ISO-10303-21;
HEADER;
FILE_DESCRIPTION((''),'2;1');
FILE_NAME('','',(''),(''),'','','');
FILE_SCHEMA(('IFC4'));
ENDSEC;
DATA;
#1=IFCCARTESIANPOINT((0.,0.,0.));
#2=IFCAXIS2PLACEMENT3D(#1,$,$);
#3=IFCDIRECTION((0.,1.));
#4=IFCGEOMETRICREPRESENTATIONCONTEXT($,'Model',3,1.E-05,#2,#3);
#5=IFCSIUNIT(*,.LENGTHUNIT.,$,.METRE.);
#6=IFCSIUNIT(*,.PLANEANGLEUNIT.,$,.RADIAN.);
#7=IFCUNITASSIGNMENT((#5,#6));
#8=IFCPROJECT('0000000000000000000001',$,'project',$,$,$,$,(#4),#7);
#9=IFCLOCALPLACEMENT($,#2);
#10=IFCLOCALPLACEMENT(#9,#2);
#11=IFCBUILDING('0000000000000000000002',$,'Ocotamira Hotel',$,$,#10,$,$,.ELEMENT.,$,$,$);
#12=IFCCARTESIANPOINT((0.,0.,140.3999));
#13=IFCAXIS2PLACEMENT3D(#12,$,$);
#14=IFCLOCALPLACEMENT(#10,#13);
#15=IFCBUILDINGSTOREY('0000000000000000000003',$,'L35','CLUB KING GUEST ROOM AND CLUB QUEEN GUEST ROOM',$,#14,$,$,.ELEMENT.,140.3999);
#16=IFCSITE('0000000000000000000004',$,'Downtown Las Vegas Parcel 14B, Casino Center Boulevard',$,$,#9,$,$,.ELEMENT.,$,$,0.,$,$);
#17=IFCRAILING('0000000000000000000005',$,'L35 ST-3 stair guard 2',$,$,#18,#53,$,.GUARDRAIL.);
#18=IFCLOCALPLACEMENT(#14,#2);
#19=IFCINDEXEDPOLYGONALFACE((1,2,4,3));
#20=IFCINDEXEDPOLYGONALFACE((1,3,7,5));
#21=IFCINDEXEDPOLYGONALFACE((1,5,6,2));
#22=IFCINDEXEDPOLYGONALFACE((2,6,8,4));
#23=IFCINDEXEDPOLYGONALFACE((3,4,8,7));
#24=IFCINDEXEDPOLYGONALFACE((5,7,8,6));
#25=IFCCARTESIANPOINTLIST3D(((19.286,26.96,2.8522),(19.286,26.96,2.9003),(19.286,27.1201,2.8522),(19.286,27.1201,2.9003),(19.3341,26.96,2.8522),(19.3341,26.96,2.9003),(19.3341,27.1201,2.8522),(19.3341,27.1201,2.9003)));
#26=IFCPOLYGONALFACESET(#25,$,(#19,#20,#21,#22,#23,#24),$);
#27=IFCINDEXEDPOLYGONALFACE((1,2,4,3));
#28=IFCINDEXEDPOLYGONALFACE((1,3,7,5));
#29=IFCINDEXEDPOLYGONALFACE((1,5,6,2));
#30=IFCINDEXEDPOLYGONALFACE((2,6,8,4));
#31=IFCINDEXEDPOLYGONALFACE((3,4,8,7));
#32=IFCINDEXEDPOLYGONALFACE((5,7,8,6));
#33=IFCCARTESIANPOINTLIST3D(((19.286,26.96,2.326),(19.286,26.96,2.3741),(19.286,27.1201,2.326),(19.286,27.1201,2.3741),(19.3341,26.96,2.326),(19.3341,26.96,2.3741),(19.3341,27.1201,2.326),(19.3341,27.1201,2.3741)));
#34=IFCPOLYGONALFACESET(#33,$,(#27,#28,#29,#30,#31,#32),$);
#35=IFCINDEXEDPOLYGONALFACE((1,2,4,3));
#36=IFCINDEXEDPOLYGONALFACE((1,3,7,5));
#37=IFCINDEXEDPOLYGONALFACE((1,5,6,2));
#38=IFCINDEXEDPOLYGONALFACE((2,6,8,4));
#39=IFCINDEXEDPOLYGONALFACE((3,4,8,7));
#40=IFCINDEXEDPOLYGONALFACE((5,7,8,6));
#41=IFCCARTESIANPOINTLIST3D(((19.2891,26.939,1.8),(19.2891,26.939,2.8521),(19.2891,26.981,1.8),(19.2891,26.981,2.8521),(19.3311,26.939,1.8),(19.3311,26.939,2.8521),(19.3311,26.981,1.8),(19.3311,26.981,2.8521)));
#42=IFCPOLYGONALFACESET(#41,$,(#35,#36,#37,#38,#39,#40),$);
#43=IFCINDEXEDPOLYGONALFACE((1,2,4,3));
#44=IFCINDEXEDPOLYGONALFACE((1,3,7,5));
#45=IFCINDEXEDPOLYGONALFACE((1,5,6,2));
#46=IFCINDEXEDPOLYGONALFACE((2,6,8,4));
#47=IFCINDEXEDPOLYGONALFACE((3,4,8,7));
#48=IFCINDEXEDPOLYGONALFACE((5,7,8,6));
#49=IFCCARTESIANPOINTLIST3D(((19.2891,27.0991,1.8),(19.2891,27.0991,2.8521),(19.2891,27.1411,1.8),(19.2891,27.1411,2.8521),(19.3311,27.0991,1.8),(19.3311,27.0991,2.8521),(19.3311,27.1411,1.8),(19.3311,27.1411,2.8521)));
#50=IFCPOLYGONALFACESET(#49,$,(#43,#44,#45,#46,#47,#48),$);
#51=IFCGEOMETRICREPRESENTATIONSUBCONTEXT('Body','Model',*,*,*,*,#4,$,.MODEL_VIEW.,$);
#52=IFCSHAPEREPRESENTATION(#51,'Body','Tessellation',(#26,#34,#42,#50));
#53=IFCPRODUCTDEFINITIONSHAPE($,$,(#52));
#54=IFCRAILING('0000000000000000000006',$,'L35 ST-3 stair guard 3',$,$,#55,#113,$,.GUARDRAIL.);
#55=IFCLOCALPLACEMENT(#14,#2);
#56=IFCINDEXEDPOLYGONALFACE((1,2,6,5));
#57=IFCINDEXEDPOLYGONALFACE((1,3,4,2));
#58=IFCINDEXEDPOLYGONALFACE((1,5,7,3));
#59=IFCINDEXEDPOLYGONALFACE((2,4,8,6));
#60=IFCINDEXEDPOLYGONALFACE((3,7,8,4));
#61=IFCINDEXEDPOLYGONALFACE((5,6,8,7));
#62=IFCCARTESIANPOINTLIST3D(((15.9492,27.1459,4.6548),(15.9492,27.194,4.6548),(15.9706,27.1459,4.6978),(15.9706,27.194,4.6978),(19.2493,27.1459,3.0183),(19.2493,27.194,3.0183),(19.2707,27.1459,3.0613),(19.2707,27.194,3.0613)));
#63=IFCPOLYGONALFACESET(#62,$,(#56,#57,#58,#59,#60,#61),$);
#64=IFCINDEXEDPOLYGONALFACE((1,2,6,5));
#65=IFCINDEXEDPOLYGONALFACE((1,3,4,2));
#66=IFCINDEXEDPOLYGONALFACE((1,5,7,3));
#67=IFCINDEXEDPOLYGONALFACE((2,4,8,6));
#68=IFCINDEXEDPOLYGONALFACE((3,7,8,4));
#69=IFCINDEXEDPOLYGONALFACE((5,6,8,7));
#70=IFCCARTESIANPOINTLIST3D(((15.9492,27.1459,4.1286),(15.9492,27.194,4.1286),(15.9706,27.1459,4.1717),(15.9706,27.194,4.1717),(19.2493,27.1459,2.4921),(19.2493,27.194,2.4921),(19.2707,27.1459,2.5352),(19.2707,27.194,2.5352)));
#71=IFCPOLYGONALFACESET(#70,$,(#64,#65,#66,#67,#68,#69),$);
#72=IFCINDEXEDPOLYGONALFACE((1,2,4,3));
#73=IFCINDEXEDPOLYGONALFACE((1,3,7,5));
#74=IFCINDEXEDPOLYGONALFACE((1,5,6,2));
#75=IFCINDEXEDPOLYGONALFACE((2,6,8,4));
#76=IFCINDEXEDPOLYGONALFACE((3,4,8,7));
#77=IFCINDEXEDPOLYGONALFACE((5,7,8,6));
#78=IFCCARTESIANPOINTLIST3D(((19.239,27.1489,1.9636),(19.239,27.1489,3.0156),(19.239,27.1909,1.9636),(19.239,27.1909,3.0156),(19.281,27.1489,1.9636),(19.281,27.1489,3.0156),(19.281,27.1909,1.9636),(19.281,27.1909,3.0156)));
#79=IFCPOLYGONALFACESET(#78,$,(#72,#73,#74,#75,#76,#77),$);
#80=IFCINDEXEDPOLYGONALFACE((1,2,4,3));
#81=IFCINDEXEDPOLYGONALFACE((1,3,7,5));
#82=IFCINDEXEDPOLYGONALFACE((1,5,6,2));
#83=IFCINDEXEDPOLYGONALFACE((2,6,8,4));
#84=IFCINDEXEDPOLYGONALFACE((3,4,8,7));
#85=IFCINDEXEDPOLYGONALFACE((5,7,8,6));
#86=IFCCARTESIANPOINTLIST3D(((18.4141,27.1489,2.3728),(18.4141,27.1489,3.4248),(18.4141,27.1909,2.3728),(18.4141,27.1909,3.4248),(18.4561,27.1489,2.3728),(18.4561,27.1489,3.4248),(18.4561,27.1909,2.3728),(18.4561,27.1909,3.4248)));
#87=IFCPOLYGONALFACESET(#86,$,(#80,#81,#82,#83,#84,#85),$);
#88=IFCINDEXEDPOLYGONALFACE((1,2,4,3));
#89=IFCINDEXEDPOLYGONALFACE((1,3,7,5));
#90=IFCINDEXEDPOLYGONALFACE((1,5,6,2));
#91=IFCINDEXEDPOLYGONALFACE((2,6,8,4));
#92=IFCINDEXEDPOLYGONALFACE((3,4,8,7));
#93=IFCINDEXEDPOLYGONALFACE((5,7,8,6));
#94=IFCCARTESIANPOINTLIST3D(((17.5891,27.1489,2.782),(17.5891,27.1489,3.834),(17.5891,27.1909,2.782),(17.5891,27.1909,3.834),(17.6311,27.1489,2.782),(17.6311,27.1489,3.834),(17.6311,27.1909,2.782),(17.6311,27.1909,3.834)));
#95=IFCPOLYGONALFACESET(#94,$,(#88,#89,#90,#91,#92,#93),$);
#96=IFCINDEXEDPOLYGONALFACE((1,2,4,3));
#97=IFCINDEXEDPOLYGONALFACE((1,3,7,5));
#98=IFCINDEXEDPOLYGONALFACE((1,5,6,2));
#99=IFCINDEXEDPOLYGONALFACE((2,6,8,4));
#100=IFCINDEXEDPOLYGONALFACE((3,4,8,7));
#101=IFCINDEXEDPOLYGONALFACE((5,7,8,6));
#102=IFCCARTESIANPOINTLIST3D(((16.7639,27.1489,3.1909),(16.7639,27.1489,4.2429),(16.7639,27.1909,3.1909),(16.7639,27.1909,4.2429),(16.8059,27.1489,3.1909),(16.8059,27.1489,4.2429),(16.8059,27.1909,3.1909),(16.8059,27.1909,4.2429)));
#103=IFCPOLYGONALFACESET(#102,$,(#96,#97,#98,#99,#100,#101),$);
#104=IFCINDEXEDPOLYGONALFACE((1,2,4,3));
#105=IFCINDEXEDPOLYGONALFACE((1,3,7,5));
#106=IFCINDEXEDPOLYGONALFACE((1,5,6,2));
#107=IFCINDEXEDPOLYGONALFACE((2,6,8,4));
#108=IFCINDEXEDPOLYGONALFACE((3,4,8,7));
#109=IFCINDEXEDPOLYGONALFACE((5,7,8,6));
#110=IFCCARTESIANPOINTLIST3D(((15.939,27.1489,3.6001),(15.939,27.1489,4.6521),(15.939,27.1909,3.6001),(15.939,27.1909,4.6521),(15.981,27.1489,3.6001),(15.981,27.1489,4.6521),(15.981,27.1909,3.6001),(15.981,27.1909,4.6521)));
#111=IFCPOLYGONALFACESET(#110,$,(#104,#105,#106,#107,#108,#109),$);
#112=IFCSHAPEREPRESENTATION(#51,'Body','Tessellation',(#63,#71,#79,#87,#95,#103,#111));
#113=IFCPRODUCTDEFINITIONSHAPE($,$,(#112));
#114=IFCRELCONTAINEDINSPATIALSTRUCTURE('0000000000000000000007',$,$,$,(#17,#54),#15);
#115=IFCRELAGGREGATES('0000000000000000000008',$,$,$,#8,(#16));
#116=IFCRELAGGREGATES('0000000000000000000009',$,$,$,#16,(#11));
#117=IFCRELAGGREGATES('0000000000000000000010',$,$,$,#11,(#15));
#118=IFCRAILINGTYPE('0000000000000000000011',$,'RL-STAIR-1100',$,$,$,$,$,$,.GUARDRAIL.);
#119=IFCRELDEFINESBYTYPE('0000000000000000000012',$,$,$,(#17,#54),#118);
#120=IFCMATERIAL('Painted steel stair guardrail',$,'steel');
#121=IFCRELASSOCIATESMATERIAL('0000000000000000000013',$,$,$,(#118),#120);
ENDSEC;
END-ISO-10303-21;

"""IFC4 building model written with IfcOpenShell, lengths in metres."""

from ifc_helpers import new_model, si_unit, direction, frame, origin, origin_2d, place, context, subcontext, project, spatial, rectangle, extrude, material, type_object, element, save


model = new_model("IFC4")

# Units and contexts
model_context = context("Model", 3, precision=1e-05, world=origin(), true_north=direction((0.0, 1.0)))
body_context = subcontext(model_context, "Body", "Model", "MODEL_VIEW")
ifc_project = project(units=[si_unit("LENGTHUNIT", "METRE"), si_unit("PLANEANGLEUNIT", "RADIAN")], contexts=[model_context])

# Site, building, storey
site_placement = place(None, origin())
site = spatial("IfcSite", under=ifc_project, at=site_placement, Name="Downtown Las Vegas Parcel 14B, Casino Center Boulevard", CompositionType="ELEMENT", RefElevation=0.0)
building_placement = place(site_placement, origin())
building = spatial("IfcBuilding", under=site, at=building_placement, Name="Ocotamira Hotel", CompositionType="ELEMENT")
storey_placement = place(building_placement, frame((0.0, 0.0, 140.3999)))
storey = spatial("IfcBuildingStorey", under=building, at=storey_placement, Name="L35", Description="CLUB KING GUEST ROOM AND CLUB QUEEN GUEST ROOM", CompositionType="ELEMENT", Elevation=140.3999)

# Railings
ifc_material_1 = material(Name="Painted steel stair guardrail", Category="steel")
railing_type_1 = type_object("IfcRailingType", Name="RL-STAIR-1100", PredefinedType="GUARDRAIL", material=ifc_material_1)
railing_1_placement = place(storey_placement, frame((19.3101, 26.96, 1.8)))
element("IfcRailing", 1, at=railing_1_placement, inside=storey, type_object=railing_type_1, Name="L35 ST-3 stair guard 2", PredefinedType="GUARDRAIL", context=body_context, shape_type="SweptSolid", body=[
    extrude(rectangle(XDim=0.0481, YDim=0.0481, at=origin_2d()), frame((0.0, 0.0, 1.0762), z_axis=(0.0, 1.0, 0.0), x_axis=(-1.0, 0.0, 0.0)), (0.0, 0.0, 1.0), 0.1602),
    extrude(rectangle(XDim=0.0481, YDim=0.0481, at=origin_2d()), frame((0.0, 0.0, 0.55), z_axis=(0.0, 1.0, 0.0), x_axis=(-1.0, 0.0, 0.0)), (0.0, 0.0, 1.0), 0.1602),
    extrude(rectangle(XDim=0.042, YDim=0.042, at=origin_2d()), origin(), (0.0, 0.0, 1.0), 1.052),
    extrude(rectangle(XDim=0.042, YDim=0.042, at=origin_2d()), frame((0.0, 0.1602, 0.0)), (0.0, 0.0, 1.0), 1.052),
])
railing_2_placement = place(storey_placement, frame((19.26, 27.1699, 1.9636)))
element("IfcRailing", 2, at=railing_2_placement, inside=storey, type_object=railing_type_1, Name="L35 ST-3 stair guard 3", PredefinedType="GUARDRAIL", context=body_context, shape_type="SweptSolid", body=[
    extrude(rectangle(XDim=0.0481, YDim=0.0481, at=origin_2d()), frame((0.0, 0.0, 1.0762), z_axis=(-0.895894, 0.0, 0.444268), x_axis=(0.0, -1.0, 0.0)), (0.0, 0.0, 1.0), 3.6836),
    extrude(rectangle(XDim=0.0481, YDim=0.0481, at=origin_2d()), frame((0.0, 0.0, 0.55), z_axis=(-0.895894, 0.0, 0.444268), x_axis=(0.0, -1.0, 0.0)), (0.0, 0.0, 1.0), 3.6836),
    extrude(rectangle(XDim=0.042, YDim=0.042, at=origin_2d()), origin(), (0.0, 0.0, 1.0), 1.052),
    extrude(rectangle(XDim=0.042, YDim=0.042, at=origin_2d()), frame((-0.825, 0.0, 0.4092)), (0.0, 0.0, 1.0), 1.052),
    extrude(rectangle(XDim=0.042, YDim=0.042, at=origin_2d()), frame((-1.6499, 0.0, 0.8184)), (0.0, 0.0, 1.0), 1.052),
    extrude(rectangle(XDim=0.042, YDim=0.042, at=origin_2d()), frame((-2.4751, 0.0, 1.2273)), (0.0, 0.0, 1.0), 1.052),
    extrude(rectangle(XDim=0.042, YDim=0.042, at=origin_2d()), frame((-3.3, 0.0, 1.6365)), (0.0, 0.0, 1.0), 1.052),
])

save(model, "model.ifc")
